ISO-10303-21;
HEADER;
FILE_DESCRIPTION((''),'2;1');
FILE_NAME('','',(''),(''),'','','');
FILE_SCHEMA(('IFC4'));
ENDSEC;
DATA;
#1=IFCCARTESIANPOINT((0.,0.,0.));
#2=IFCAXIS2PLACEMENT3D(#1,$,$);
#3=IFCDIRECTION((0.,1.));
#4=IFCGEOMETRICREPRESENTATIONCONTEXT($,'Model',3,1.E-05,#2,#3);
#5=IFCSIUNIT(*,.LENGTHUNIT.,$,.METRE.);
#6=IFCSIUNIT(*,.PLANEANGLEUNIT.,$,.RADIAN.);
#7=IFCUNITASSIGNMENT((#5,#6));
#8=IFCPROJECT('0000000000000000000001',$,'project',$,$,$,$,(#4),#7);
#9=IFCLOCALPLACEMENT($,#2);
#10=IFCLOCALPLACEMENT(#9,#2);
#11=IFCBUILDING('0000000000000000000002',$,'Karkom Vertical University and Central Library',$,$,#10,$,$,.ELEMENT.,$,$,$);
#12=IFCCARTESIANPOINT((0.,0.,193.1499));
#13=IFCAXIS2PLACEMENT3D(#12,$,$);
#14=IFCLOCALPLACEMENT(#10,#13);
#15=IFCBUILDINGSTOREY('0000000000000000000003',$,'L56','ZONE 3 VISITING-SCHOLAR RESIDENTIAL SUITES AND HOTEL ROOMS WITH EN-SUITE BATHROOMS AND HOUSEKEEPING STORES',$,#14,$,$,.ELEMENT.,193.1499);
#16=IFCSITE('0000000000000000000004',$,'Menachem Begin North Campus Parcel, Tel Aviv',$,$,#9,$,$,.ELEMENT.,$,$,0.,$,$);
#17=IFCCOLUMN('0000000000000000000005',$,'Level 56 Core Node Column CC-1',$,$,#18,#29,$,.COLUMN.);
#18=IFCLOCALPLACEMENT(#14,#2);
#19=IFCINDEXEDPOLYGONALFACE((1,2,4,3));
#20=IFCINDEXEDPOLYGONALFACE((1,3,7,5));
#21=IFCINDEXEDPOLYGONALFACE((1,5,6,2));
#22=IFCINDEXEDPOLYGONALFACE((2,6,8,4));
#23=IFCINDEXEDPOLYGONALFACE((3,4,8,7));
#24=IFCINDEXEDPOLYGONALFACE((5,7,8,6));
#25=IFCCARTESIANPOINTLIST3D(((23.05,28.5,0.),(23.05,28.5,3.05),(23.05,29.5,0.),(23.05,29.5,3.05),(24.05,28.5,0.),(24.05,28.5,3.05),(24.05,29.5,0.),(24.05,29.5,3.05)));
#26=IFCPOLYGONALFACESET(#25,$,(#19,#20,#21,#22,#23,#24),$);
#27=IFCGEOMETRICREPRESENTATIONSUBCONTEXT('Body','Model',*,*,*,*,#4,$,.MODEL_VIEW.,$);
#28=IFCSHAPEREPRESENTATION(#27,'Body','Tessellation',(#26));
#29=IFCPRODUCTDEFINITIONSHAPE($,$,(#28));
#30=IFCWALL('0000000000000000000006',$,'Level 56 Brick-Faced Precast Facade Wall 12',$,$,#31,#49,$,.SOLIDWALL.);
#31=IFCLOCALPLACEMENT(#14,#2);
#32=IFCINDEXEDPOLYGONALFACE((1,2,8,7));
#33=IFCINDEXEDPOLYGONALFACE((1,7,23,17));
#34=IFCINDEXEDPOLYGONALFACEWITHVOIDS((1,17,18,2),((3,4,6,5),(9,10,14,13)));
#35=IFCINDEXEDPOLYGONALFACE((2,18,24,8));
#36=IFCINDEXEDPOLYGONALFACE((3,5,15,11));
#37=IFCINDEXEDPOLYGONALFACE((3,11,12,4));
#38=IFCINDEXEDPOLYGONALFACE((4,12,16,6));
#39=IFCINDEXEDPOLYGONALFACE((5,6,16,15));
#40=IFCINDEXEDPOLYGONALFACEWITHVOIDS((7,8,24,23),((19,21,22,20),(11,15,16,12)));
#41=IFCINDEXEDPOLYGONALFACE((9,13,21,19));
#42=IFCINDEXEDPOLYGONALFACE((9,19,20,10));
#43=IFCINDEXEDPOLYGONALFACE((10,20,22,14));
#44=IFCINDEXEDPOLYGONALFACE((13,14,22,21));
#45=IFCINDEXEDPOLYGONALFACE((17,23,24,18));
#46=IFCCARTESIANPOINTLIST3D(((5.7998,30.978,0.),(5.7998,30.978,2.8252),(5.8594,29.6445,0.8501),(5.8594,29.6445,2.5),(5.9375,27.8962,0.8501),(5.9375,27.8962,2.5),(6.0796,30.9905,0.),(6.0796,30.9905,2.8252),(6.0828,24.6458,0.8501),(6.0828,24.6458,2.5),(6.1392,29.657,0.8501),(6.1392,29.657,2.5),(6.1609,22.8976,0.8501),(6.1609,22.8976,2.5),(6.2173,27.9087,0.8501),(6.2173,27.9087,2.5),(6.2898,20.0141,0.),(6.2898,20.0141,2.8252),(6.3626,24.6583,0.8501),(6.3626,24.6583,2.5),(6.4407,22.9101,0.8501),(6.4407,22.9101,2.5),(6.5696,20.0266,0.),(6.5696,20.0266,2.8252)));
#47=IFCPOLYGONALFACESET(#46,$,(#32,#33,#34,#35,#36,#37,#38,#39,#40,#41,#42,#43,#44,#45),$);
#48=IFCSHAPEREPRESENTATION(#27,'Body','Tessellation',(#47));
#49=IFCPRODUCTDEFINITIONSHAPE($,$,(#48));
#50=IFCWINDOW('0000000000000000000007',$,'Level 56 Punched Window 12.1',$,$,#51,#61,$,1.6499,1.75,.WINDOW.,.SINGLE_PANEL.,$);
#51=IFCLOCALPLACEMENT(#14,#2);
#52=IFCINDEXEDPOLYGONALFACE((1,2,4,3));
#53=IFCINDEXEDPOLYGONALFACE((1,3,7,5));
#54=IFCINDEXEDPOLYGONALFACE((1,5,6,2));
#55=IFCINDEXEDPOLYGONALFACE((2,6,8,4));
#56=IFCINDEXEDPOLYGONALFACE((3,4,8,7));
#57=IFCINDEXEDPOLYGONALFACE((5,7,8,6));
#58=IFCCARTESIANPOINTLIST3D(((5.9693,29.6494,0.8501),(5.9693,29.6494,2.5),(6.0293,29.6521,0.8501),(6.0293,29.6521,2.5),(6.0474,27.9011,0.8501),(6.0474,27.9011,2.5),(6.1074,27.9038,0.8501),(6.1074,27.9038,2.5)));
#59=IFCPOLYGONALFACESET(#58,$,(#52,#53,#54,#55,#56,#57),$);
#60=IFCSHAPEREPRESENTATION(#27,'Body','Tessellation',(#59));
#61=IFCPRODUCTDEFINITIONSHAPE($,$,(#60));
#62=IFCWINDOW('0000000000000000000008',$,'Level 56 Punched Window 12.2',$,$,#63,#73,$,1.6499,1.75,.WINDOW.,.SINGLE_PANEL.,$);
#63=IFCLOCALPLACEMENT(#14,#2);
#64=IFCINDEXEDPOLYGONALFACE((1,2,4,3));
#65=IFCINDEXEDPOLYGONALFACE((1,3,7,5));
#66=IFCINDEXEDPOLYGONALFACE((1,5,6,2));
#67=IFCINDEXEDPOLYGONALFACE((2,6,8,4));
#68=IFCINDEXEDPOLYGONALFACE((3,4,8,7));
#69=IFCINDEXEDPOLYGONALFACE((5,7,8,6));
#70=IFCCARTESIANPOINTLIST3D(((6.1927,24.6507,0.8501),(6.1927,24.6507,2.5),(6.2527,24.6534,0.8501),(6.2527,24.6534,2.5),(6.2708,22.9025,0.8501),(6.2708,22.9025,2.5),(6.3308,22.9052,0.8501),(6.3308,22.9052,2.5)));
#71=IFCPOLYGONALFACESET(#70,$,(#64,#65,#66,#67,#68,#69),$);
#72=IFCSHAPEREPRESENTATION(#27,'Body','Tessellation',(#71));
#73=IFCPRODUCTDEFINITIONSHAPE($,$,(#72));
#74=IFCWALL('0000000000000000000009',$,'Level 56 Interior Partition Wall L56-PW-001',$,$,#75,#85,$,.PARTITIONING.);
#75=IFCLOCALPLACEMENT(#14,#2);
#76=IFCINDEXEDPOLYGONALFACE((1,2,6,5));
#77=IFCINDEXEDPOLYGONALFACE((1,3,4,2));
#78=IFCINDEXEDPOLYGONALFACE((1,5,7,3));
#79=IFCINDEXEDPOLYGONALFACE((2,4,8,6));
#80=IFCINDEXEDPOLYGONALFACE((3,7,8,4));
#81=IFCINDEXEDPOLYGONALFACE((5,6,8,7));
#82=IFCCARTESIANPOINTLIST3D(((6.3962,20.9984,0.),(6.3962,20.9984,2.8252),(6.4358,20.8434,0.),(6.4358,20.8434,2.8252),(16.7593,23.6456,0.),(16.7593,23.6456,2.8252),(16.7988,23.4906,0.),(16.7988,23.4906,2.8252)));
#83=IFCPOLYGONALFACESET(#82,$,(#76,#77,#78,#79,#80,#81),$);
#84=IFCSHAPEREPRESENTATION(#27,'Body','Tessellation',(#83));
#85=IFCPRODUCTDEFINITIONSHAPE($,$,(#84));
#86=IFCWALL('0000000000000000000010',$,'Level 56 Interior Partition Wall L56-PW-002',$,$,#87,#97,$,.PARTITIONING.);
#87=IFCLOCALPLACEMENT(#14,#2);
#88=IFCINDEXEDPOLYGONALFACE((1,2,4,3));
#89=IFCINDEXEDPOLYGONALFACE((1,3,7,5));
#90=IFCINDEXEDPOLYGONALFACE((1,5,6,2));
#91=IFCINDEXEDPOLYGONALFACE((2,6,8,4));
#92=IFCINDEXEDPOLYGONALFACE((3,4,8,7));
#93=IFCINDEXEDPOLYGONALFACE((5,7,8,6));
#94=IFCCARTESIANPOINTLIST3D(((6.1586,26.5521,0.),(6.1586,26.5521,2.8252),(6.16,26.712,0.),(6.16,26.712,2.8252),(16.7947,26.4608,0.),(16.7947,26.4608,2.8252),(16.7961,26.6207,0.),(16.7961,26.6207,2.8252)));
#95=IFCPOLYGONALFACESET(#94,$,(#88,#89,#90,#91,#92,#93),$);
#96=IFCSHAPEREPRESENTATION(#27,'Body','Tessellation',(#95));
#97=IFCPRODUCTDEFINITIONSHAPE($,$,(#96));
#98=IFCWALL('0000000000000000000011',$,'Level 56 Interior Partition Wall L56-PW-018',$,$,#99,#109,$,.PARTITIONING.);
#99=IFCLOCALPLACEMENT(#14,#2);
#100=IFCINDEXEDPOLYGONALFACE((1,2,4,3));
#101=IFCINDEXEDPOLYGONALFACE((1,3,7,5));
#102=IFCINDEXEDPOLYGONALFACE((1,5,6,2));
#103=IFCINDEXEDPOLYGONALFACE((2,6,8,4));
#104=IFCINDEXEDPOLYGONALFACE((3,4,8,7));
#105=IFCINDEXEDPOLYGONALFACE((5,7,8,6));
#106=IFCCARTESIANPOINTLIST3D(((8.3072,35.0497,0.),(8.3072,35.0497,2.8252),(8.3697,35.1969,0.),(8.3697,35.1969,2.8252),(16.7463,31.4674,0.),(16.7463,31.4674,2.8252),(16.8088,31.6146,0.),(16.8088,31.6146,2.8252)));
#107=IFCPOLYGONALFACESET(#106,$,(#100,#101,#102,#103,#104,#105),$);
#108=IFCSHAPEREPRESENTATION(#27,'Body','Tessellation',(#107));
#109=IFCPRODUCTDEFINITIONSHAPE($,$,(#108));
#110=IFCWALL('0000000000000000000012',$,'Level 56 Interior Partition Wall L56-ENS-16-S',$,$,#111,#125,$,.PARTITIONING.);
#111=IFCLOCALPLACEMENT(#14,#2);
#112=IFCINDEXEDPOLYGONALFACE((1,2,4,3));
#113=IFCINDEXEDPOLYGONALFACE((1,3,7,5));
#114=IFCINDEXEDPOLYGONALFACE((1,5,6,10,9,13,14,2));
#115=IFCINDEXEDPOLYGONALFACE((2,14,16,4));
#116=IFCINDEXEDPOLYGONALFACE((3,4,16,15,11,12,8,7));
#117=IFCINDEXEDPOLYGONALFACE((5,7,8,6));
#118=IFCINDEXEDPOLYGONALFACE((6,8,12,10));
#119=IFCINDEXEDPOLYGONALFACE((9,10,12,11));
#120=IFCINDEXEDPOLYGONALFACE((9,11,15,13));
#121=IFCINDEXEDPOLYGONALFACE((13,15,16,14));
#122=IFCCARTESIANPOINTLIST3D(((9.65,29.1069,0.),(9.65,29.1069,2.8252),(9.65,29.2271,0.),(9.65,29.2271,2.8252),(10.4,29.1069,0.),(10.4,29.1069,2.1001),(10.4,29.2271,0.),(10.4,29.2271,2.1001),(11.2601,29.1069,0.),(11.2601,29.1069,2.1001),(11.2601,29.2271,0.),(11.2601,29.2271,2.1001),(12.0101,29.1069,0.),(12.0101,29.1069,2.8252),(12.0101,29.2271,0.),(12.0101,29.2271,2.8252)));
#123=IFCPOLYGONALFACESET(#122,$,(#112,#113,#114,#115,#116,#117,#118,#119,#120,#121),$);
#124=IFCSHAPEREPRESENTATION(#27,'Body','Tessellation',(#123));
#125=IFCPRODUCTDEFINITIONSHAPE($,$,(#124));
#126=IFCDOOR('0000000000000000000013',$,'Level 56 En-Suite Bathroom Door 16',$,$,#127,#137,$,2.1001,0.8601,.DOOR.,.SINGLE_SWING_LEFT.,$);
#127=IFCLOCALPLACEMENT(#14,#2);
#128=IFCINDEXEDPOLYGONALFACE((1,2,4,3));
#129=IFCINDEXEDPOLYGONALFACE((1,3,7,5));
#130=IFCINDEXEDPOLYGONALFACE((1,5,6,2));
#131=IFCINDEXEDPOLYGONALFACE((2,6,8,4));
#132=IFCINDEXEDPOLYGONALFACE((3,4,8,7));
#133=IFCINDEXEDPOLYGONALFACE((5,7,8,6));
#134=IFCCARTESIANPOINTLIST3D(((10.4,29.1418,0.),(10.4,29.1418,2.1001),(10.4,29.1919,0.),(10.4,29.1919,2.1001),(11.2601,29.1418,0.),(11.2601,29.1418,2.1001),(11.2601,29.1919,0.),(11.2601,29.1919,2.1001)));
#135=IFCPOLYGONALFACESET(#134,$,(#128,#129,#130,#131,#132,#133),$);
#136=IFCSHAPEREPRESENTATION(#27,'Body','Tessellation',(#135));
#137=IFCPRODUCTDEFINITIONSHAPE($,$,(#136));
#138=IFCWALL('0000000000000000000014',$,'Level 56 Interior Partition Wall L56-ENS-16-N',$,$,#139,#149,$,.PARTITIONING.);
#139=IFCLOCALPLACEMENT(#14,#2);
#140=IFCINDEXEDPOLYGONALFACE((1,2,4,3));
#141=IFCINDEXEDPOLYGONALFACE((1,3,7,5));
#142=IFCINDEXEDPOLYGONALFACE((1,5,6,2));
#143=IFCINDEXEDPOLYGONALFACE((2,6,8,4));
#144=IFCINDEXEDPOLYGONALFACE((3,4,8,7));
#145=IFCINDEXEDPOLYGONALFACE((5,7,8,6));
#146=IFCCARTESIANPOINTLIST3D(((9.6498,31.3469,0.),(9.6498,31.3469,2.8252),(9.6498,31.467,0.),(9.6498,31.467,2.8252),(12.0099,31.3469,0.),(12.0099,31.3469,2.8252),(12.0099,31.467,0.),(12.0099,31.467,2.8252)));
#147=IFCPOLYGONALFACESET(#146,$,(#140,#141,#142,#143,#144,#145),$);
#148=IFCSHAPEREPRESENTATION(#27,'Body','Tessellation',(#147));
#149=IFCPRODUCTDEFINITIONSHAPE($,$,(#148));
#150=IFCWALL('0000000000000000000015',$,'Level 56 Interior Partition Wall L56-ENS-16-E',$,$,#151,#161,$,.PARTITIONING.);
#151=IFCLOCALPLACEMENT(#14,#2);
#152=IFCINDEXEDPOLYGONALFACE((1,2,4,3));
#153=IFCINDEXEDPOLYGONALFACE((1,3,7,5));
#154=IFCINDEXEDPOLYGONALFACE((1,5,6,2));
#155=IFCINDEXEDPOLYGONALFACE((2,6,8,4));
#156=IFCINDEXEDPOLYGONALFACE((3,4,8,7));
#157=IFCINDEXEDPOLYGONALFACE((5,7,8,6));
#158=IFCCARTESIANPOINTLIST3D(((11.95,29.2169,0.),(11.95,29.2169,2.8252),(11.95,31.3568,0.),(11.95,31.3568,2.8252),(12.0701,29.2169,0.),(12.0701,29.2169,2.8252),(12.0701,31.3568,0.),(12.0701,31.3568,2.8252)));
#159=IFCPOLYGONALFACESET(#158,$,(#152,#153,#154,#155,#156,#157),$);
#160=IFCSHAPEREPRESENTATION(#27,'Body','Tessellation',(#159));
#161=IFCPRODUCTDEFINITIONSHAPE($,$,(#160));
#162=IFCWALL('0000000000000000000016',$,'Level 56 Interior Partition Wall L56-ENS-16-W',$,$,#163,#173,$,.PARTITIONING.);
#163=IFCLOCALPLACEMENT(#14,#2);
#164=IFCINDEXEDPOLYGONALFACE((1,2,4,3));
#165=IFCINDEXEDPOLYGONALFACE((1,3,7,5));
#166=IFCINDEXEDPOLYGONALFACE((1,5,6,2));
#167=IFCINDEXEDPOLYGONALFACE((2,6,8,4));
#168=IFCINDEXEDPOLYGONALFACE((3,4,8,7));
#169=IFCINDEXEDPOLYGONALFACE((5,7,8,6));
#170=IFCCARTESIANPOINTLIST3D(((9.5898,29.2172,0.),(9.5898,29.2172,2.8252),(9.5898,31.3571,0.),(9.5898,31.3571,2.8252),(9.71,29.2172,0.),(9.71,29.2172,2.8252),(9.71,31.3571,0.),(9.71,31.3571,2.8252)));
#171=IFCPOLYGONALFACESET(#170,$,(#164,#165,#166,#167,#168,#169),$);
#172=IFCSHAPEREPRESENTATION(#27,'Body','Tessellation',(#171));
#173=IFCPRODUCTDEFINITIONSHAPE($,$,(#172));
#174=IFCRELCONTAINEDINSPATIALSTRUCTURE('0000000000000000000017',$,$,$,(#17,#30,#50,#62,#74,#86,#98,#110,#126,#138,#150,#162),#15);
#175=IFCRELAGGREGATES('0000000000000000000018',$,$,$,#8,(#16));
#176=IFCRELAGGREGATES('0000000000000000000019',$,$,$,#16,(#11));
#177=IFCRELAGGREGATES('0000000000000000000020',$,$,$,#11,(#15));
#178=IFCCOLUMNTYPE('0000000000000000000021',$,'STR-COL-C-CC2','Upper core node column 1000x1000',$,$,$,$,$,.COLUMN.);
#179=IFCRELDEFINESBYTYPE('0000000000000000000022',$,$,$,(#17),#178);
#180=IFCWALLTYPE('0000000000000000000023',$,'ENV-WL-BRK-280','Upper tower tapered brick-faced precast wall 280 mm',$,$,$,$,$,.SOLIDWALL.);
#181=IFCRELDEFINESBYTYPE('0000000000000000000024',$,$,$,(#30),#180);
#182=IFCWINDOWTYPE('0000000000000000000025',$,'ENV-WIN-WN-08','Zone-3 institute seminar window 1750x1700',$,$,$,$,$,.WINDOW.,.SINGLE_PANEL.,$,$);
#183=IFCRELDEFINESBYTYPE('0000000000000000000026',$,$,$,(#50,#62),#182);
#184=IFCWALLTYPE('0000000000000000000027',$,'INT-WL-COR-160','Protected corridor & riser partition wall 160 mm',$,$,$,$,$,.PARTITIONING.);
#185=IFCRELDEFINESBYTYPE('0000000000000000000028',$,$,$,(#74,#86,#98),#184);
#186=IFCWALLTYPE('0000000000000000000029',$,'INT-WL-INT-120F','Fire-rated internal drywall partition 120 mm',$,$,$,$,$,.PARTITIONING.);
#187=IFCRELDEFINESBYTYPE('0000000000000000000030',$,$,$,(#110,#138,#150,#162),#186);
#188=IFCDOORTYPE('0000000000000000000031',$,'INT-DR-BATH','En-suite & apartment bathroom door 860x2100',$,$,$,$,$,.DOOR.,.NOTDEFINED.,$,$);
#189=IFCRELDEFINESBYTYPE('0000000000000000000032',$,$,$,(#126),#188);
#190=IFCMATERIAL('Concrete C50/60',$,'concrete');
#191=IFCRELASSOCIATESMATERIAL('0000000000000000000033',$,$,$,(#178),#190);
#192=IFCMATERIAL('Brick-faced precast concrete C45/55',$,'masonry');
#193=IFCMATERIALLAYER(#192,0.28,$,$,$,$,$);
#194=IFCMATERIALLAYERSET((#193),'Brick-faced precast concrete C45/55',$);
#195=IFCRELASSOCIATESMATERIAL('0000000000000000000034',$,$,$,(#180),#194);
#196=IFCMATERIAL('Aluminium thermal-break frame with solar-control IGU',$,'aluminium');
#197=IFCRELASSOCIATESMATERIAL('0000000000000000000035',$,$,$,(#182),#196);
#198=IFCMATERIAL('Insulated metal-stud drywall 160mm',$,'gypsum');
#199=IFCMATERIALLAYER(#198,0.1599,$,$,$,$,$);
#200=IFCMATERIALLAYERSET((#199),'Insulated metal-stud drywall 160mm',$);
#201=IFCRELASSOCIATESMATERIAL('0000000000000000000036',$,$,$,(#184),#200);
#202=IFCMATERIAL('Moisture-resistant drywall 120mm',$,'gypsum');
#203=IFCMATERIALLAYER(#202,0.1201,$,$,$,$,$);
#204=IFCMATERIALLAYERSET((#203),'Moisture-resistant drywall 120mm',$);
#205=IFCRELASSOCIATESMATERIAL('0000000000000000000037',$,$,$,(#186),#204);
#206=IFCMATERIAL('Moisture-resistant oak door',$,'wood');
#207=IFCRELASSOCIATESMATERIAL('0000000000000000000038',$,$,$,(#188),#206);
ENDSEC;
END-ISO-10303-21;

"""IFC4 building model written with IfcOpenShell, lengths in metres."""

from ifc_helpers import new_model, si_unit, direction, frame, frame_2d, origin, origin_with_axes, origin_2d, place, context, subcontext, project, spatial, rectangle, extrude, source, transform, mapped, material, layer, layer_set, material_profile, profile_set, type_object, element, fill, save


model = new_model("IFC4")

# Units and contexts
model_context = context("Model", 3, precision=1e-05, world=origin(), true_north=direction((0.0, 1.0)))
body_context = subcontext(model_context, "Body", "Model", "MODEL_VIEW")
ifc_project = project(units=[si_unit("LENGTHUNIT", "METRE"), si_unit("PLANEANGLEUNIT", "RADIAN")], contexts=[model_context])

# Site, building, storey
site_placement = place(None, origin())
site = spatial("IfcSite", under=ifc_project, at=site_placement, Name="Menachem Begin North Campus Parcel, Tel Aviv", CompositionType="ELEMENT", RefElevation=0.0)
building_placement = place(site_placement, origin())
building = spatial("IfcBuilding", under=site, at=building_placement, Name="Karkom Vertical University and Central Library", CompositionType="ELEMENT")
storey_placement = place(building_placement, frame((0.0, 0.0, 193.1499)))
storey = spatial("IfcBuildingStorey", under=building, at=storey_placement, Name="L56", Description="ZONE 3 VISITING-SCHOLAR RESIDENTIAL SUITES AND HOTEL ROOMS WITH EN-SUITE BATHROOMS AND HOUSEKEEPING STORES", CompositionType="ELEMENT", Elevation=193.1499)

# Column
ifc_material_1 = material(Name="Concrete C50/60", Category="concrete")
ifc_material_profile = material_profile(ifc_material_1, rectangle(XDim=1.0, YDim=1.0, at=origin_2d()), Name="RC-1000x1000")
ifc_profile_set = profile_set([ifc_material_profile], Name="Concrete C50/60")
column_type = type_object("IfcColumnType", Name="STR-COL-C-CC2", Description="Upper core node column 1000x1000", PredefinedType="COLUMN", material=ifc_profile_set)
shared_shape_1 = source(origin_with_axes(), body_context, "Body", "SweptSolid", [
    extrude(rectangle(XDim=1.0, YDim=1.0, at=origin_2d()), origin(), (0.0, 0.0, 1.0), 3.05),
])
column_placement = place(storey_placement, frame((23.55, 29.0, 0.0), z_axis=(0.0, 0.0, 1.0), x_axis=(1.0, 0.0, 0.0)))
element("IfcColumn", 1, at=column_placement, inside=storey, type_object=column_type, Name="Level 56 Core Node Column CC-1", PredefinedType="COLUMN", context=body_context, shape_type="MappedRepresentation", body=[
    mapped(shared_shape_1, transform((0.0, 0.0, 0.0), scale=1.0)),
])

# Wall, openings, windows
ifc_material_2 = material(Name="Brick-faced precast concrete C45/55", Category="masonry")
ifc_layer_1 = layer(ifc_material_2, 0.28)
ifc_layer_set_1 = layer_set([ifc_layer_1], Name="Brick-faced precast concrete C45/55")
wall_type_1 = type_object("IfcWallType", Name="ENV-WL-BRK-280", Description="Upper tower tapered brick-faced precast wall 280 mm", PredefinedType="SOLIDWALL", material=ifc_layer_set_1)
wall_1_placement = place(storey_placement, frame((5.9397, 30.9841, 0.0), z_axis=(0.0, 0.0, 1.0), x_axis=(0.044647, -0.999003, 0.0)))
wall_1 = element("IfcWall", 2, at=wall_1_placement, inside=storey, type_object=wall_type_1, Name="Level 56 Brick-Faced Precast Facade Wall 12", PredefinedType="SOLIDWALL", context=body_context, shape_type="SweptSolid", body=[
    extrude(rectangle(XDim=10.9749, YDim=0.28, at=frame_2d((5.4873, 0.0))), origin(), (0.0, 0.0, 1.0), 2.8252),
])
opening_1_placement = place(wall_1_placement, frame((1.3347, 0.0, 0.8501)))
opening_1 = element("IfcOpeningElement", 3, at=opening_1_placement, cuts=wall_1, PredefinedType="OPENING", context=body_context, shape_type="SweptSolid", body=[
    extrude(rectangle(XDim=1.75, YDim=1.6499, at=frame_2d((0.875, 0.825))), frame((0.0, 0.1499, 0.0), z_axis=(0.0, -1.0, 0.0), x_axis=(1.0, 0.0, 0.0)), (0.0, 0.0, 1.0), 0.3),
])
opening_2_placement = place(wall_1_placement, frame((6.3384, 0.0, 0.8501)))
opening_2 = element("IfcOpeningElement", 4, at=opening_2_placement, cuts=wall_1, PredefinedType="OPENING", context=body_context, shape_type="SweptSolid", body=[
    extrude(rectangle(XDim=1.75, YDim=1.6499, at=frame_2d((0.875, 0.825))), frame((0.0, 0.1499, 0.0), z_axis=(0.0, -1.0, 0.0), x_axis=(1.0, 0.0, 0.0)), (0.0, 0.0, 1.0), 0.3),
])
ifc_material_3 = material(Name="Aluminium thermal-break frame with solar-control IGU", Category="aluminium")
window_type = type_object("IfcWindowType", Name="ENV-WIN-WN-08", Description="Zone-3 institute seminar window 1750x1700", PartitioningType="SINGLE_PANEL", PredefinedType="WINDOW", material=ifc_material_3)
shared_shape_2 = source(origin_with_axes(), body_context, "Body", "SweptSolid", [
    extrude(rectangle(XDim=1.75, YDim=1.6499, at=frame_2d((0.875, 0.825))), frame((0.0, 0.03, 0.0), z_axis=(0.0, -1.0, 0.0), x_axis=(1.0, 0.0, 0.0)), (0.0, 0.0, 1.0), 0.0601),
])
window_1_placement = place(opening_1_placement, origin())
window_1 = element("IfcWindow", 5, at=window_1_placement, inside=storey, type_object=window_type, Name="Level 56 Punched Window 12.1", OverallHeight=1.6499, OverallWidth=1.75, PartitioningType="SINGLE_PANEL", PredefinedType="WINDOW", context=body_context, shape_type="MappedRepresentation", body=[
    mapped(shared_shape_2, transform((0.0, 0.0, 0.0), scale=1.0)),
])
fill(opening_1, window_1)
window_2_placement = place(opening_2_placement, origin())
window_2 = element("IfcWindow", 6, at=window_2_placement, inside=storey, type_object=window_type, Name="Level 56 Punched Window 12.2", OverallHeight=1.6499, OverallWidth=1.75, PartitioningType="SINGLE_PANEL", PredefinedType="WINDOW", context=body_context, shape_type="MappedRepresentation", body=[
    mapped(shared_shape_2, transform((0.0, 0.0, 0.0), scale=1.0)),
])
fill(opening_2, window_2)

# Walls
ifc_material_4 = material(Name="Insulated metal-stud drywall 160mm", Category="gypsum")
ifc_layer_2 = layer(ifc_material_4, 0.1599)
ifc_layer_set_2 = layer_set([ifc_layer_2], Name="Insulated metal-stud drywall 160mm")
wall_type_2 = type_object("IfcWallType", Name="INT-WL-COR-160", Description="Protected corridor & riser partition wall 160 mm", PredefinedType="PARTITIONING", material=ifc_layer_set_2)
wall_2_placement = place(storey_placement, frame((16.7791, 23.5681, 0.0), z_axis=(0.0, 0.0, 1.0), x_axis=(-0.968888, -0.2475, 0.0)))
element("IfcWall", 7, at=wall_2_placement, inside=storey, type_object=wall_type_2, Name="Level 56 Interior Partition Wall L56-PW-001", PredefinedType="PARTITIONING", context=body_context, shape_type="SweptSolid", body=[
    extrude(rectangle(XDim=10.6958, YDim=0.1599, at=frame_2d((5.3479, 0.0))), origin(), (0.0, 0.0, 1.0), 2.8252),
])
wall_3_placement = place(storey_placement, frame((6.1592, 26.6321, 0.0), z_axis=(0.0, 0.0, 1.0), x_axis=(0.999963, -0.008585, 0.0)))
element("IfcWall", 8, at=wall_3_placement, inside=storey, type_object=wall_type_2, Name="Level 56 Interior Partition Wall L56-PW-002", PredefinedType="PARTITIONING", context=body_context, shape_type="SweptSolid", body=[
    extrude(rectangle(XDim=10.6365, YDim=0.1599, at=frame_2d((5.3184, 0.0))), origin(), (0.0, 0.0, 1.0), 2.8252),
])
wall_4_placement = place(storey_placement, frame((16.7776, 31.541, 0.0), z_axis=(0.0, 0.0, 1.0), x_axis=(-0.920503, 0.390735, 0.0)))
element("IfcWall", 9, at=wall_4_placement, inside=storey, type_object=wall_type_2, Name="Level 56 Interior Partition Wall L56-PW-018", PredefinedType="PARTITIONING", context=body_context, shape_type="SweptSolid", body=[
    extrude(rectangle(XDim=9.168, YDim=0.1599, at=frame_2d((4.584, 0.0))), origin(), (0.0, 0.0, 1.0), 2.8252),
])

# Wall, opening, door
ifc_material_5 = material(Name="Moisture-resistant drywall 120mm", Category="gypsum")
ifc_layer_3 = layer(ifc_material_5, 0.1201)
ifc_layer_set_3 = layer_set([ifc_layer_3], Name="Moisture-resistant drywall 120mm")
wall_type_3 = type_object("IfcWallType", Name="INT-WL-INT-120F", Description="Fire-rated internal drywall partition 120 mm", PredefinedType="PARTITIONING", material=ifc_layer_set_3)
wall_5_placement = place(storey_placement, frame((9.6499, 29.167, 0.0), z_axis=(0.0, 0.0, 1.0), x_axis=(1.0, 0.0, 0.0)))
wall_5 = element("IfcWall", 10, at=wall_5_placement, inside=storey, type_object=wall_type_3, Name="Level 56 Interior Partition Wall L56-ENS-16-S", PredefinedType="PARTITIONING", context=body_context, shape_type="SweptSolid", body=[
    extrude(rectangle(XDim=2.3601, YDim=0.1201, at=frame_2d((1.1802, 0.0))), origin(), (0.0, 0.0, 1.0), 2.8252),
])
opening_3_placement = place(wall_5_placement, frame((0.75, 0.0, 0.0)))
opening_3 = element("IfcOpeningElement", 11, at=opening_3_placement, cuts=wall_5, PredefinedType="OPENING", context=body_context, shape_type="SweptSolid", body=[
    extrude(rectangle(XDim=0.8601, YDim=2.1001, at=frame_2d((0.4302, 1.05))), frame((0.0, 0.0701, 0.0), z_axis=(0.0, -1.0, 0.0), x_axis=(1.0, 0.0, 0.0)), (0.0, 0.0, 1.0), 0.1401),
])
ifc_material_6 = material(Name="Moisture-resistant oak door", Category="wood")
door_type_1 = type_object("IfcDoorType", Name="INT-DR-BATH", Description="En-suite & apartment bathroom door 860x2100", OperationType="NOTDEFINED", PredefinedType="DOOR", material=ifc_material_6)
shared_shape_3 = source(origin_with_axes(), body_context, "Body", "SweptSolid", [
    extrude(rectangle(XDim=0.8601, YDim=2.1001, at=frame_2d((0.4302, 1.05))), frame((0.0, 0.0249, 0.0), z_axis=(0.0, -1.0, 0.0), x_axis=(1.0, 0.0, 0.0)), (0.0, 0.0, 1.0), 0.05),
])
door_1_placement = place(opening_3_placement, origin())
door_1 = element("IfcDoor", 12, at=door_1_placement, inside=storey, type_object=door_type_1, Name="Level 56 En-Suite Bathroom Door 16", OperationType="SINGLE_SWING_LEFT", OverallHeight=2.1001, OverallWidth=0.8601, PredefinedType="DOOR", context=body_context, shape_type="MappedRepresentation", body=[
    mapped(shared_shape_3, transform((0.0, 0.0, 0.0), scale=1.0)),
])
fill(opening_3, door_1)

# Walls
wall_6_placement = place(storey_placement, frame((12.01, 31.407, 0.0), z_axis=(0.0, 0.0, 1.0), x_axis=(-1.0, 0.0, 0.0)))
element("IfcWall", 13, at=wall_6_placement, inside=storey, type_object=wall_type_3, Name="Level 56 Interior Partition Wall L56-ENS-16-N", PredefinedType="PARTITIONING", context=body_context, shape_type="SweptSolid", body=[
    extrude(rectangle(XDim=2.3601, YDim=0.1201, at=frame_2d((1.1802, 0.0))), origin(), (0.0, 0.0, 1.0), 2.8252),
])
for number, where, z_axis, x_axis, name in (
    (14, (12.01, 29.217, 0.0), (0.0, 0.0, 1.0), (0.0, 1.0, 0.0), "Level 56 Interior Partition Wall L56-ENS-16-E"),
    (15, (9.6499, 31.3569, 0.0), (0.0, 0.0, 1.0), (0.0, -1.0, 0.0), "Level 56 Interior Partition Wall L56-ENS-16-W"),
):
    element("IfcWall", number, at=place(storey_placement, frame(where, z_axis=z_axis, x_axis=x_axis)), inside=storey, type_object=wall_type_3, Name=name, PredefinedType="PARTITIONING", context=body_context, shape_type="SweptSolid", body=[
        extrude(rectangle(XDim=2.1399, YDim=0.1201, at=frame_2d((1.0698, 0.0))), origin(), (0.0, 0.0, 1.0), 2.8252),
    ])

save(model, "model.ifc")
